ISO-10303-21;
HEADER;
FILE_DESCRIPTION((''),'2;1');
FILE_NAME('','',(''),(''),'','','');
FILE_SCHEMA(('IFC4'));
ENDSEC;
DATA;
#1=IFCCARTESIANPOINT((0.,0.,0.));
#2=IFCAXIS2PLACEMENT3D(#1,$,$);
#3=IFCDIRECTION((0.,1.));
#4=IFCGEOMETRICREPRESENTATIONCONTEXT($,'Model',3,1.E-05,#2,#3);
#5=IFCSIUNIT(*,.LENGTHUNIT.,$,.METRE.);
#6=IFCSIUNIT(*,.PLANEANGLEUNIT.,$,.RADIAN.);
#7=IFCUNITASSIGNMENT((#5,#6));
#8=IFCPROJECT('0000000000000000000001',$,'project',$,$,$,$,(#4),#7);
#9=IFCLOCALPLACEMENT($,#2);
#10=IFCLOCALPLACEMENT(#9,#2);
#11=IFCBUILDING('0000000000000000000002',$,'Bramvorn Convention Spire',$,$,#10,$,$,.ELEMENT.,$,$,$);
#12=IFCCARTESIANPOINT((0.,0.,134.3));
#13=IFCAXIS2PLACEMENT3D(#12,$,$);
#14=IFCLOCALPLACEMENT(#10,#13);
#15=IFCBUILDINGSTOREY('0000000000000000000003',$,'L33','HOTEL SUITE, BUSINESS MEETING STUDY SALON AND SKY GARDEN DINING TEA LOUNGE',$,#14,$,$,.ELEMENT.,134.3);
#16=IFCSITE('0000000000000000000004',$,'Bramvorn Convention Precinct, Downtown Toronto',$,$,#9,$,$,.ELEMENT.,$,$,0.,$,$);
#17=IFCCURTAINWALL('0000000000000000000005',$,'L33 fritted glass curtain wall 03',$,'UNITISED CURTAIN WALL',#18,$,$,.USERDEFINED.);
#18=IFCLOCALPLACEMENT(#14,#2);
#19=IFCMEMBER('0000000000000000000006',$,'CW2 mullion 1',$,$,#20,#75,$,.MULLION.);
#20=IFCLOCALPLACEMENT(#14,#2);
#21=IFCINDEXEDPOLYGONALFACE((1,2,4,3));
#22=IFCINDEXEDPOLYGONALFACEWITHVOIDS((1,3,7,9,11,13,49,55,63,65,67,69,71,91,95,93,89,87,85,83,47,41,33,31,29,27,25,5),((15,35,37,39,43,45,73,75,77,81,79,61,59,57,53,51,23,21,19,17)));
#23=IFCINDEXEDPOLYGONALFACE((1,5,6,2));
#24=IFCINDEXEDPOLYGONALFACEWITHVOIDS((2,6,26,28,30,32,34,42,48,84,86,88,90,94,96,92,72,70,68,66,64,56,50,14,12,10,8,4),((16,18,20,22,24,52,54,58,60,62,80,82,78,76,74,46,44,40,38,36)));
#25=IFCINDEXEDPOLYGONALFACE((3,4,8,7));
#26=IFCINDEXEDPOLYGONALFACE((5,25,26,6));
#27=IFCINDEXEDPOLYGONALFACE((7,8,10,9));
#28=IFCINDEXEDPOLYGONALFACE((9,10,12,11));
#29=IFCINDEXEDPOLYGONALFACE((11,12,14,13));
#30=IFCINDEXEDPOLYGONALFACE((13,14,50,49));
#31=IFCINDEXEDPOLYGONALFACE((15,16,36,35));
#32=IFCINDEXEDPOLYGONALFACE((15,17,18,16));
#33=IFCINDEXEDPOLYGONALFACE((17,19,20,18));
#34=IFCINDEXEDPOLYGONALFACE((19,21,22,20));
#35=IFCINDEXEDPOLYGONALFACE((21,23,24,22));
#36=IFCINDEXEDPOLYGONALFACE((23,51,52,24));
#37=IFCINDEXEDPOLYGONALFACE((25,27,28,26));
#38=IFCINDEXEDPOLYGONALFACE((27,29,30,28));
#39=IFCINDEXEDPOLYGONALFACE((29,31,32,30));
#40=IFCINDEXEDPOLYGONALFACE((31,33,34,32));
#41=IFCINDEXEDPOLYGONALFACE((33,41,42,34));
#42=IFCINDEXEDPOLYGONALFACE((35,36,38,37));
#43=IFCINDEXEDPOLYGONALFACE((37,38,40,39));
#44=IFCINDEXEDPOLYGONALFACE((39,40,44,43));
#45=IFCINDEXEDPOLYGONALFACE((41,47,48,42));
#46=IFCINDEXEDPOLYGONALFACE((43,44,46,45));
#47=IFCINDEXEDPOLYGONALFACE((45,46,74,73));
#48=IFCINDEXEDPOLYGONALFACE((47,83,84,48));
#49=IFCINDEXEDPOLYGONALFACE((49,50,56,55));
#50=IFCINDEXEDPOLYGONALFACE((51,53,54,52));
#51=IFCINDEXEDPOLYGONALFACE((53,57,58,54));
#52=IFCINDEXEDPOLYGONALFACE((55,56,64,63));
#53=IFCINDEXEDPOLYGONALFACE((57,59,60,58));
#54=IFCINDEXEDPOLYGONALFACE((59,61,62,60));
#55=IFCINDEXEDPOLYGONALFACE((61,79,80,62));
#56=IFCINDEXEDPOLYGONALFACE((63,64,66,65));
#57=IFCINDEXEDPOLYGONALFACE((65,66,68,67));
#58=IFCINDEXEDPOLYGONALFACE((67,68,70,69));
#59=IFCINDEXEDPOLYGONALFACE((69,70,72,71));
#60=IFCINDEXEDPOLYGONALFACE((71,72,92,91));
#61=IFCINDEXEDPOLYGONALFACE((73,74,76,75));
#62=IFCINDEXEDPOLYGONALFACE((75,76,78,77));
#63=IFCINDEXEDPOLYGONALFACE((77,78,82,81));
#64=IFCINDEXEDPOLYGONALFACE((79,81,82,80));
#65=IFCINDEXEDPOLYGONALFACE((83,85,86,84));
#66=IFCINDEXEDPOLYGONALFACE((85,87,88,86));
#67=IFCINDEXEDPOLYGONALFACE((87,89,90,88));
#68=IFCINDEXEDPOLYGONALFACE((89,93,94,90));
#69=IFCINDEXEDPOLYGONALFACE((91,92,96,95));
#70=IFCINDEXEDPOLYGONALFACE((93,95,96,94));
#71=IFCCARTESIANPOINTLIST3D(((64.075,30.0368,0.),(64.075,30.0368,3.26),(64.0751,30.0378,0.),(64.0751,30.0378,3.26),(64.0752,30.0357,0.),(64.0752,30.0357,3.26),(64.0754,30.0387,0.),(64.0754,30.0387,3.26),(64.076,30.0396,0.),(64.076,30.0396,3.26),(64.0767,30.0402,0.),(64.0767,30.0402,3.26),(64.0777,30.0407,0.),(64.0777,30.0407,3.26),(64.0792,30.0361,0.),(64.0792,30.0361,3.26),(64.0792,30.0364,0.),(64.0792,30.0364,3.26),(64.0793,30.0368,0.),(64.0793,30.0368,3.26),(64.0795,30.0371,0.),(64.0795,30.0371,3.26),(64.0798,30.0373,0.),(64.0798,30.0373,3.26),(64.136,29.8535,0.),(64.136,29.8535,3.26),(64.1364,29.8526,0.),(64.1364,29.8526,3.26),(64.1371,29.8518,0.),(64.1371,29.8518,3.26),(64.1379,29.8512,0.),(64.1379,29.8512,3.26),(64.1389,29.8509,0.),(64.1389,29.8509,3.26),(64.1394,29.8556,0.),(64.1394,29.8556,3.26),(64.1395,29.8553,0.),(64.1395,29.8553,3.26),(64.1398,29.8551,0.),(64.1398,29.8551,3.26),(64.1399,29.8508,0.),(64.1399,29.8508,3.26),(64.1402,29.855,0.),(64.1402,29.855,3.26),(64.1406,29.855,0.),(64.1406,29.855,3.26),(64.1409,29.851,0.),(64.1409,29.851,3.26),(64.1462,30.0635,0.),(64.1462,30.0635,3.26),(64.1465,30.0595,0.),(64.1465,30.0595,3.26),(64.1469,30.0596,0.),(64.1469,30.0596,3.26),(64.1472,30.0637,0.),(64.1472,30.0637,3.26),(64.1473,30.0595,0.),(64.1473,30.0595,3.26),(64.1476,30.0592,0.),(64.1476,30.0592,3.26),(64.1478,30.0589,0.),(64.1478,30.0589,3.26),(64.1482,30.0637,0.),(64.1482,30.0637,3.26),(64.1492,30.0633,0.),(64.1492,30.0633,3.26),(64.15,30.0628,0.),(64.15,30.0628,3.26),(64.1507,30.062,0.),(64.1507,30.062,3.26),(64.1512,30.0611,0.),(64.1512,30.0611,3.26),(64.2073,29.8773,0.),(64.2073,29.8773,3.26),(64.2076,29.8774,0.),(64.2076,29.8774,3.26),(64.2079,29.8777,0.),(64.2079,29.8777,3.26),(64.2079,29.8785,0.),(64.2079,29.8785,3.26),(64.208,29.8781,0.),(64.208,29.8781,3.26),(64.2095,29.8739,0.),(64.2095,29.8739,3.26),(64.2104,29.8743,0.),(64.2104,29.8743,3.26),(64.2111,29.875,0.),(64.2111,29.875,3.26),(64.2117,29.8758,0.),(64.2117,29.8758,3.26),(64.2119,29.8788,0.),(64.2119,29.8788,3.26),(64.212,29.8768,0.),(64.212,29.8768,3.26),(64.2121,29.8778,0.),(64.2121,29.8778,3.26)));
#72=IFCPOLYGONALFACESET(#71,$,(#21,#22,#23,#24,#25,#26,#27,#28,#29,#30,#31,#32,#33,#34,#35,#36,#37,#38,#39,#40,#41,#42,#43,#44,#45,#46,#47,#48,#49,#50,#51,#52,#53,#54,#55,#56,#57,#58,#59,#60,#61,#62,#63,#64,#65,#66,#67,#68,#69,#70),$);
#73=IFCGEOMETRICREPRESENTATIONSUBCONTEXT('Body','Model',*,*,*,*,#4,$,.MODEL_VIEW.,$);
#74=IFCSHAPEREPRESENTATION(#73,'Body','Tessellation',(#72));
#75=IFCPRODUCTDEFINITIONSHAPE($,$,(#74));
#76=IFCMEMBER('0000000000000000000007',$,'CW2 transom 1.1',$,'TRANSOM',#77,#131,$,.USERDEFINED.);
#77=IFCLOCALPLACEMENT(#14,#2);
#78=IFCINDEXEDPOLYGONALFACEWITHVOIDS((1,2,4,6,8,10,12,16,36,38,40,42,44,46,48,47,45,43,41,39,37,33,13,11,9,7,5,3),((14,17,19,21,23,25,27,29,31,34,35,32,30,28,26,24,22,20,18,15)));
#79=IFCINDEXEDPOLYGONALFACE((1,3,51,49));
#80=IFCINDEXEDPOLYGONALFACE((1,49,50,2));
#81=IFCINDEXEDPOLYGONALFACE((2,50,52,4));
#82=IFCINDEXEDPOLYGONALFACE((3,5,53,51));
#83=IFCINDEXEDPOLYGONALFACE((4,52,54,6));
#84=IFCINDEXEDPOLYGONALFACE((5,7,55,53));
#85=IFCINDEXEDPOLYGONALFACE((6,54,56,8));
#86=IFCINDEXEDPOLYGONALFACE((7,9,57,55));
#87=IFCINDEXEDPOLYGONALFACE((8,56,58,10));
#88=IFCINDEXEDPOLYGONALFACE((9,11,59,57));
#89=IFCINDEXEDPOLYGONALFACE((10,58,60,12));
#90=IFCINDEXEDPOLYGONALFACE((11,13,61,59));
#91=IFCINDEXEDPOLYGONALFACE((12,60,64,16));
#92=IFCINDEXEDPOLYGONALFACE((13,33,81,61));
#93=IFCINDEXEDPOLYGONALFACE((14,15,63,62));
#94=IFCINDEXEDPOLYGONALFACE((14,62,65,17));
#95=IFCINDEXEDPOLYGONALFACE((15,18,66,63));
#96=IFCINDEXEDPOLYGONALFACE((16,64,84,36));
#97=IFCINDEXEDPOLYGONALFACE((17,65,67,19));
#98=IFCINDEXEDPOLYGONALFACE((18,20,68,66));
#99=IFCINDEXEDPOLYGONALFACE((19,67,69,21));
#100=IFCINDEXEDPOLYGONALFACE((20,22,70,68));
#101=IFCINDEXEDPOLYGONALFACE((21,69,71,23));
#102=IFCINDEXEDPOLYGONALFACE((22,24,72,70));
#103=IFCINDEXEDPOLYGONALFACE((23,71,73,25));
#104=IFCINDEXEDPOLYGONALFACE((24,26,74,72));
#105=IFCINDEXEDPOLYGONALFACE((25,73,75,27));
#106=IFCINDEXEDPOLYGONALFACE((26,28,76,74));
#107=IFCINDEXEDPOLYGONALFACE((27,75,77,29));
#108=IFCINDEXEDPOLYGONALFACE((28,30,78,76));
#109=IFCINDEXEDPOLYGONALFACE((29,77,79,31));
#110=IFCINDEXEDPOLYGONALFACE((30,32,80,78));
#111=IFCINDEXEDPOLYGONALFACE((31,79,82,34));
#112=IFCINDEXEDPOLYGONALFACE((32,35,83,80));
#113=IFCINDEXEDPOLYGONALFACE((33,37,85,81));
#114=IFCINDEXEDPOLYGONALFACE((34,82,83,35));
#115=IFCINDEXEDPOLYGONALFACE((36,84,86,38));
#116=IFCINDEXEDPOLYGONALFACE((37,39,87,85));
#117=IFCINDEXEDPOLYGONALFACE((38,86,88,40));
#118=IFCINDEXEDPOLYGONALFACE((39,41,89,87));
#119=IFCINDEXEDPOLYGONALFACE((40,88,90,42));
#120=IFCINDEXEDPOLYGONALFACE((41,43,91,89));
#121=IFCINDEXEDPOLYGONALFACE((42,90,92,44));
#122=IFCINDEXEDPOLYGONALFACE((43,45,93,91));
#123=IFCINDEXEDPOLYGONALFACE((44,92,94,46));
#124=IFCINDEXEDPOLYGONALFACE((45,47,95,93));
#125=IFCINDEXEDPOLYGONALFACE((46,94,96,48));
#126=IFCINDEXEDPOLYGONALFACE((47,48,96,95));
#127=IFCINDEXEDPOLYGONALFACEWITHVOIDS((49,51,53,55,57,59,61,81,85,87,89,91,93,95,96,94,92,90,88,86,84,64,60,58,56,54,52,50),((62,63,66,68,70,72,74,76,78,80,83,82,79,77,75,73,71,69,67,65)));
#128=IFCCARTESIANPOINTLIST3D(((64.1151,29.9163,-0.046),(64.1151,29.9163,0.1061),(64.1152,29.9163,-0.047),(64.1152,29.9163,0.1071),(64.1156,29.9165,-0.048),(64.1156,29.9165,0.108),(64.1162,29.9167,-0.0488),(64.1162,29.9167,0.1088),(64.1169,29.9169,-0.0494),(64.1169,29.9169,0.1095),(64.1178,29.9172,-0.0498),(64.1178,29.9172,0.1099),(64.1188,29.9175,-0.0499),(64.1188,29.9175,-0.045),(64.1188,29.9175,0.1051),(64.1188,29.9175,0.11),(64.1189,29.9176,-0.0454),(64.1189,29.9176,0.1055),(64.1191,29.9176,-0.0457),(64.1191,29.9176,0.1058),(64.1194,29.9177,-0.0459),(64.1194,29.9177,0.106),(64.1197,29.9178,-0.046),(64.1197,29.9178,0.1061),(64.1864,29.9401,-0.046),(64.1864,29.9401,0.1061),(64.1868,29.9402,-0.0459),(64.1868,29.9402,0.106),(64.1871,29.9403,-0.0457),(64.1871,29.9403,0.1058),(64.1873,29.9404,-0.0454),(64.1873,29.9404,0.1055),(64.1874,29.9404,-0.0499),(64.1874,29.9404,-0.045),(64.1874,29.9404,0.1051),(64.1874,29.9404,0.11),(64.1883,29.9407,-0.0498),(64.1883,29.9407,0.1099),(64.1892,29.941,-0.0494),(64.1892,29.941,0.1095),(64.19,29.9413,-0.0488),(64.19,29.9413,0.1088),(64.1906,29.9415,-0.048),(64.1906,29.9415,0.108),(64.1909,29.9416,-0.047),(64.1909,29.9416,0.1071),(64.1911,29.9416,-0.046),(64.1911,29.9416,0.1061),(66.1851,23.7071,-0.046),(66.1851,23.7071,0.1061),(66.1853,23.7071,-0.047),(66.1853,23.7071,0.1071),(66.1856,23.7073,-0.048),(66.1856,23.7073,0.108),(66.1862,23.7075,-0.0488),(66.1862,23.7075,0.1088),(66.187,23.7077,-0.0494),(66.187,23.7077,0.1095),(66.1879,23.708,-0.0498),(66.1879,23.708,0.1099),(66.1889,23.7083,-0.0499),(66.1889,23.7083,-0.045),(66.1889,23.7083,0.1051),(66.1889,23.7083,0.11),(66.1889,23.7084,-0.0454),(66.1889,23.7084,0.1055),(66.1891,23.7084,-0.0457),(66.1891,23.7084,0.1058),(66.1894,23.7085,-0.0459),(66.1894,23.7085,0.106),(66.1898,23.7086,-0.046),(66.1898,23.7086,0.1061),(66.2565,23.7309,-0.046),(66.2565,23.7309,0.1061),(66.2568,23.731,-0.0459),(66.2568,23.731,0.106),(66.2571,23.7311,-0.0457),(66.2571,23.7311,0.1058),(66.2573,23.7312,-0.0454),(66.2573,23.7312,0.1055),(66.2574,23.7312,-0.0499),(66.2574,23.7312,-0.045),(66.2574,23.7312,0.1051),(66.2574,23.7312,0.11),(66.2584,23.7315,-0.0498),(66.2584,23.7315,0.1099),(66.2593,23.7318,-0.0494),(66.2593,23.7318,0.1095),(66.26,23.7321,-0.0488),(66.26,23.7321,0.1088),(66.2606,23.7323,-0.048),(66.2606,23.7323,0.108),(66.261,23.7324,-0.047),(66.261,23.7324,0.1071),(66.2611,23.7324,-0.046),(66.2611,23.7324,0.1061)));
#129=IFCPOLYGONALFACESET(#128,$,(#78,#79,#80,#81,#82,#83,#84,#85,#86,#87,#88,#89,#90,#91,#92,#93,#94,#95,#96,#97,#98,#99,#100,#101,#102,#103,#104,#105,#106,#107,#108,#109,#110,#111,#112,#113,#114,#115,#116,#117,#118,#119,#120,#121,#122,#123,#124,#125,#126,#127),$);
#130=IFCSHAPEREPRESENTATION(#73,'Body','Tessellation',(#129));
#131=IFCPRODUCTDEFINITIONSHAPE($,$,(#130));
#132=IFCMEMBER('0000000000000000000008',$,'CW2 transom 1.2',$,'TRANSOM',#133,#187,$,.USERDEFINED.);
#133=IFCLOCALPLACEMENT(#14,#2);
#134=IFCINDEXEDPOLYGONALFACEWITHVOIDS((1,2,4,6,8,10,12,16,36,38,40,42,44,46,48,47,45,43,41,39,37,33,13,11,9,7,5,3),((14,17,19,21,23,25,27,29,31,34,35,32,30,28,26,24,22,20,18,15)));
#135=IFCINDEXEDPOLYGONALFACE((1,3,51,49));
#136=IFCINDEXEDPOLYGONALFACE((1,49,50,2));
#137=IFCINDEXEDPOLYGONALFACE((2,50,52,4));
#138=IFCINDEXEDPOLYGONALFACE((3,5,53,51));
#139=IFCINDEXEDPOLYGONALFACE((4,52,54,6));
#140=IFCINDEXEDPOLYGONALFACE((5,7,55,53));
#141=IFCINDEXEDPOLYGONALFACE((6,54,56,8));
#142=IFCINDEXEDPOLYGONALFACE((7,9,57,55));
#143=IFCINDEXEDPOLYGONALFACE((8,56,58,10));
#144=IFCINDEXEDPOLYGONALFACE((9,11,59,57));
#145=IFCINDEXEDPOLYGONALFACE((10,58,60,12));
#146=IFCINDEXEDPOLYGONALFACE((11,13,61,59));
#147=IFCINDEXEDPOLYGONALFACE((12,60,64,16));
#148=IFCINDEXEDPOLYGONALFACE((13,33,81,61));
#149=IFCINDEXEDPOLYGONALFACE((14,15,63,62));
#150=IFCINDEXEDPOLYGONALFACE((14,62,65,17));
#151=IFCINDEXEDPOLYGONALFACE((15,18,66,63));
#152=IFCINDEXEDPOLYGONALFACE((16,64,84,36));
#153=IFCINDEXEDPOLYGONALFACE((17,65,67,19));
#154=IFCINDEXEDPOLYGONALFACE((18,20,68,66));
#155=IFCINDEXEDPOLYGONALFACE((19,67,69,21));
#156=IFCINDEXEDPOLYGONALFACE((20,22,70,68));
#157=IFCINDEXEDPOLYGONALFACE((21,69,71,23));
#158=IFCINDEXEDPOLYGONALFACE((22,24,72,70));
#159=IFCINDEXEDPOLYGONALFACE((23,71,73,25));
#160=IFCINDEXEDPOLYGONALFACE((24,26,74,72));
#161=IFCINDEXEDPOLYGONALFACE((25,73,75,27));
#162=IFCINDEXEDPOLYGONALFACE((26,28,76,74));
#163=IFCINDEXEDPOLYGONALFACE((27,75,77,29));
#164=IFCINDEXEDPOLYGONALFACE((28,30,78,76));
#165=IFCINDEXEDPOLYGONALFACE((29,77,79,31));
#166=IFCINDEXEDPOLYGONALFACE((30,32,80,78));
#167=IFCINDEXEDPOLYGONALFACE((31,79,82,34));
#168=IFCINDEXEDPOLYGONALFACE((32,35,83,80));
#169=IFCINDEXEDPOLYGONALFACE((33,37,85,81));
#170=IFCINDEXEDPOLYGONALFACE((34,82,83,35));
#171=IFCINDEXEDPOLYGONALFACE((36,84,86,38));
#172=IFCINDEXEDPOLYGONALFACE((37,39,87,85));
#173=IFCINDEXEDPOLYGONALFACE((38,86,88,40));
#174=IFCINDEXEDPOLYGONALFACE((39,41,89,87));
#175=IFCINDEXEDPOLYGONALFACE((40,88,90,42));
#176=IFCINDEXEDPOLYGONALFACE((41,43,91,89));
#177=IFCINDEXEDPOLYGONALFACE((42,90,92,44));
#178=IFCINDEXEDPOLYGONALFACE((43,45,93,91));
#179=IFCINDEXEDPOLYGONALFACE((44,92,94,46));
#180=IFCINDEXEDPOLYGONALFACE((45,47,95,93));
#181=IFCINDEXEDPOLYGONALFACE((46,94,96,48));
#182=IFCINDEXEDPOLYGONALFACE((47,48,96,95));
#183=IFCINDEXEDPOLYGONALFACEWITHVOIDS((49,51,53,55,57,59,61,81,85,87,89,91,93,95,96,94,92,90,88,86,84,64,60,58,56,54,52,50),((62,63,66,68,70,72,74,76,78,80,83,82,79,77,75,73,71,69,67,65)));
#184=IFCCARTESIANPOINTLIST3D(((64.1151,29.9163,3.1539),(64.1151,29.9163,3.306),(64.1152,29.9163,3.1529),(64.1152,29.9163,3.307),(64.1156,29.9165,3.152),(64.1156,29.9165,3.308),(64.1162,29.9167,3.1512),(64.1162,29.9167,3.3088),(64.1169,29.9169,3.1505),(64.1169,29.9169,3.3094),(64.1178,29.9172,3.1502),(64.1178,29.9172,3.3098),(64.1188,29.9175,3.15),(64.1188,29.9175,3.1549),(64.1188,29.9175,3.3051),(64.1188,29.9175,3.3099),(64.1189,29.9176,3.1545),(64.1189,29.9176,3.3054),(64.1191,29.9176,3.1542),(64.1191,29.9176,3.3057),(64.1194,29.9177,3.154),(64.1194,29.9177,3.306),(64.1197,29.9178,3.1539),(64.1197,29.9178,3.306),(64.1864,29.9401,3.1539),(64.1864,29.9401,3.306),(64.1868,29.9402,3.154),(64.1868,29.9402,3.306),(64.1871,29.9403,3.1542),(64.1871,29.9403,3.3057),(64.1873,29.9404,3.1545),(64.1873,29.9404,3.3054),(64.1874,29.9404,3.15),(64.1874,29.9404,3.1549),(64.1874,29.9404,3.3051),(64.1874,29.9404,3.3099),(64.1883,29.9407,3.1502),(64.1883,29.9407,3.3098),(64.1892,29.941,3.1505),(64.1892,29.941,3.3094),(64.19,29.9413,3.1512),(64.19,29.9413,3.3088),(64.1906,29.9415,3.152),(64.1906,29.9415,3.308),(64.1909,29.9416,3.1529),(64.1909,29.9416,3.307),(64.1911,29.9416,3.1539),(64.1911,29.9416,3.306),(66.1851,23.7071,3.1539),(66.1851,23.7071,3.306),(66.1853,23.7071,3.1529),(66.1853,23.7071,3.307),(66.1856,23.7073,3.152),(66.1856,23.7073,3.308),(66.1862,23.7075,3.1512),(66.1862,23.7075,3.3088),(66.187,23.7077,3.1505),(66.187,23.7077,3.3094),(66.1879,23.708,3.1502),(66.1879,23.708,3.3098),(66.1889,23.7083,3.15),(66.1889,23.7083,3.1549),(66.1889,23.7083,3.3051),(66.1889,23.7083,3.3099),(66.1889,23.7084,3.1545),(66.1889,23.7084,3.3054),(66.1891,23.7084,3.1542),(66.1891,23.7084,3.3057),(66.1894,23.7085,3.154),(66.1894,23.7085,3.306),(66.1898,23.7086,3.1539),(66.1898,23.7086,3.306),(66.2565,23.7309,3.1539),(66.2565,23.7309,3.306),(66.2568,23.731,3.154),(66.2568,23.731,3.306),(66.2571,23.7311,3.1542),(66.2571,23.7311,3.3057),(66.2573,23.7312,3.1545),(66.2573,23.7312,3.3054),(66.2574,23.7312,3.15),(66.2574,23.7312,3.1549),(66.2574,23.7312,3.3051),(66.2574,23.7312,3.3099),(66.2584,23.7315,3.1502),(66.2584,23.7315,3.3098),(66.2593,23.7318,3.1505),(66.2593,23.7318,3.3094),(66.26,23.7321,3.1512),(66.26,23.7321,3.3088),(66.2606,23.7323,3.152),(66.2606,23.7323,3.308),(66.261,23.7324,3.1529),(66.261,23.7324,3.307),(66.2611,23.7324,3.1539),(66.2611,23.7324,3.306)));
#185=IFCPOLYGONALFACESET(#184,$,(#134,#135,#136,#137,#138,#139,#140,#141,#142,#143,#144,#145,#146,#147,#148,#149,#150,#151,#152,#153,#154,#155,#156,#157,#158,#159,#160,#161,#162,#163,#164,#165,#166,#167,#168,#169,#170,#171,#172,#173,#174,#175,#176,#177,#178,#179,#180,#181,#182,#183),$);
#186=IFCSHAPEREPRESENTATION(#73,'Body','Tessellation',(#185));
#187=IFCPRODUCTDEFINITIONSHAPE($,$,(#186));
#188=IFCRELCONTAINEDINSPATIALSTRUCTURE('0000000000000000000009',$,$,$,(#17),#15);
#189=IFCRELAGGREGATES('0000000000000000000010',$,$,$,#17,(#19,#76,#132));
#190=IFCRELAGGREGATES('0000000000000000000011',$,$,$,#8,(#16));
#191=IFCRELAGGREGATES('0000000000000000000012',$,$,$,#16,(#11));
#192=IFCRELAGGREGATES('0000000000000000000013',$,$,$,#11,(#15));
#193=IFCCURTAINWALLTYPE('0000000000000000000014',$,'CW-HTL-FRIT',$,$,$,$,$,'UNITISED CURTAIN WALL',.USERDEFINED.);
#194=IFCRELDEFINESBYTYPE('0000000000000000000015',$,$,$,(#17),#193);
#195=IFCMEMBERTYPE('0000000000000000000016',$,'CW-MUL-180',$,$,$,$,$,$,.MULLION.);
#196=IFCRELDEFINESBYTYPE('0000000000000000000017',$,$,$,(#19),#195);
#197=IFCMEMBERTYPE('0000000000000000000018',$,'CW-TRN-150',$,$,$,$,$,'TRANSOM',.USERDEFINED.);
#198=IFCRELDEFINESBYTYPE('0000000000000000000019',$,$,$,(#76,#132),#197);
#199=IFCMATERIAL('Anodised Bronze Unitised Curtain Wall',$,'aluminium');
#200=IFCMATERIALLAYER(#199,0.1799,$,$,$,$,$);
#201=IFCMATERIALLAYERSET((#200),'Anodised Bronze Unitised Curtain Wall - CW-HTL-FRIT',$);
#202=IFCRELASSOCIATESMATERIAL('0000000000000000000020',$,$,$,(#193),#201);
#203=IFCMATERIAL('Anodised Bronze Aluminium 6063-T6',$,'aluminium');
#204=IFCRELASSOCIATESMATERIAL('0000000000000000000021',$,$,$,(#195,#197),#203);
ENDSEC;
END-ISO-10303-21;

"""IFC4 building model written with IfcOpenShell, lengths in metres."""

from ifc_helpers import new_model, si_unit, direction, frame, origin, origin_2d, place, context, subcontext, project, spatial, hollow_rectangle, extrude, material, layer, layer_set, material_profile, profile_set, type_object, element, aggregate, save


model = new_model("IFC4")

# Units and contexts
model_context = context("Model", 3, precision=1e-05, world=origin(), true_north=direction((0.0, 1.0)))
body_context = subcontext(model_context, "Body", "Model", "MODEL_VIEW")
ifc_project = project(units=[si_unit("LENGTHUNIT", "METRE"), si_unit("PLANEANGLEUNIT", "RADIAN")], contexts=[model_context])

# Site, building, storey
site_placement = place(None, origin())
site = spatial("IfcSite", under=ifc_project, at=site_placement, Name="Bramvorn Convention Precinct, Downtown Toronto", CompositionType="ELEMENT", RefElevation=0.0)
building_placement = place(site_placement, origin())
building = spatial("IfcBuilding", under=site, at=building_placement, Name="Bramvorn Convention Spire", CompositionType="ELEMENT")
storey_placement = place(building_placement, frame((0.0, 0.0, 134.3)))
storey = spatial("IfcBuildingStorey", under=building, at=storey_placement, Name="L33", Description="HOTEL SUITE, BUSINESS MEETING STUDY SALON AND SKY GARDEN DINING TEA LOUNGE", CompositionType="ELEMENT", Elevation=134.3)

# Curtain wall, members
ifc_material_1 = material(Name="Anodised Bronze Unitised Curtain Wall", Category="aluminium")
ifc_layer_1 = layer(ifc_material_1, 0.1799)
ifc_layer_set_1 = layer_set([ifc_layer_1], Name="Anodised Bronze Unitised Curtain Wall - CW-HTL-FRIT")
curtain_wall_type = type_object("IfcCurtainWallType", Name="CW-HTL-FRIT", ElementType="UNITISED CURTAIN WALL", PredefinedType="USERDEFINED", material=ifc_layer_set_1)
curtain_wall_placement = place(storey_placement, origin())
curtain_wall = element("IfcCurtainWall", 1, at=curtain_wall_placement, inside=storey, type_object=curtain_wall_type, Name="L33 fritted glass curtain wall 03", ObjectType="UNITISED CURTAIN WALL", PredefinedType="USERDEFINED")
ifc_material_2 = material(Name="Anodised Bronze Aluminium 6063-T6", Category="aluminium")
ifc_material_profile_1 = material_profile(ifc_material_2, hollow_rectangle(XDim=0.0801, YDim=0.2, WallThickness=0.0039, InnerFilletRadius=0.001, OuterFilletRadius=0.0039, at=origin_2d()))
ifc_profile_set_1 = profile_set([ifc_material_profile_1], Name="Anodised Bronze Aluminium 6063-T6 - CWM80X200")
member_type_1 = type_object("IfcMemberType", Name="CW-MUL-180", PredefinedType="MULLION", material=ifc_profile_set_1)
member_1_placement = place(storey_placement, frame((64.1436, 29.9573, 0.0), z_axis=(0.0, 0.0, 1.0), x_axis=(0.948667, 0.316277, 0.0)))
member_1 = element("IfcMember", 2, at=member_1_placement, type_object=member_type_1, Name="CW2 mullion 1", PredefinedType="MULLION", context=body_context, shape_type="SweptSolid", body=[
    extrude(hollow_rectangle(XDim=0.0801, YDim=0.2, WallThickness=0.0039, InnerFilletRadius=0.001, OuterFilletRadius=0.0039, at=origin_2d()), origin(), (0.0, 0.0, 1.0), 3.26),
])
ifc_material_profile_2 = material_profile(ifc_material_2, hollow_rectangle(XDim=0.0801, YDim=0.1599, WallThickness=0.0039, InnerFilletRadius=0.001, OuterFilletRadius=0.0039, at=origin_2d()))
ifc_profile_set_2 = profile_set([ifc_material_profile_2], Name="Anodised Bronze Aluminium 6063-T6 - CWT80X160")
member_type_2 = type_object("IfcMemberType", Name="CW-TRN-150", ElementType="TRANSOM", PredefinedType="USERDEFINED", material=ifc_profile_set_2)
member_2_placement = place(storey_placement, frame((64.1531, 29.929, 0.03), z_axis=(0.316273, -0.948668, 0.0), x_axis=(0.948668, 0.316273, 0.0)))
member_2 = element("IfcMember", 3, at=member_2_placement, type_object=member_type_2, Name="CW2 transom 1.1", ObjectType="TRANSOM", PredefinedType="USERDEFINED", context=body_context, shape_type="SweptSolid", body=[
    extrude(hollow_rectangle(XDim=0.0801, YDim=0.1599, WallThickness=0.0039, InnerFilletRadius=0.001, OuterFilletRadius=0.0039, at=origin_2d()), origin(), (0.0, 0.0, 1.0), 6.5452),
])
member_3_placement = place(storey_placement, frame((64.1531, 29.929, 3.23), z_axis=(0.316273, -0.948668, 0.0), x_axis=(0.948668, 0.316273, 0.0)))
member_3 = element("IfcMember", 4, at=member_3_placement, type_object=member_type_2, Name="CW2 transom 1.2", ObjectType="TRANSOM", PredefinedType="USERDEFINED", context=body_context, shape_type="SweptSolid", body=[
    extrude(hollow_rectangle(XDim=0.0801, YDim=0.1599, WallThickness=0.0039, InnerFilletRadius=0.001, OuterFilletRadius=0.0039, at=origin_2d()), origin(), (0.0, 0.0, 1.0), 6.5452),
])
aggregate(curtain_wall, [member_1, member_2, member_3])

save(model, "model.ifc")
